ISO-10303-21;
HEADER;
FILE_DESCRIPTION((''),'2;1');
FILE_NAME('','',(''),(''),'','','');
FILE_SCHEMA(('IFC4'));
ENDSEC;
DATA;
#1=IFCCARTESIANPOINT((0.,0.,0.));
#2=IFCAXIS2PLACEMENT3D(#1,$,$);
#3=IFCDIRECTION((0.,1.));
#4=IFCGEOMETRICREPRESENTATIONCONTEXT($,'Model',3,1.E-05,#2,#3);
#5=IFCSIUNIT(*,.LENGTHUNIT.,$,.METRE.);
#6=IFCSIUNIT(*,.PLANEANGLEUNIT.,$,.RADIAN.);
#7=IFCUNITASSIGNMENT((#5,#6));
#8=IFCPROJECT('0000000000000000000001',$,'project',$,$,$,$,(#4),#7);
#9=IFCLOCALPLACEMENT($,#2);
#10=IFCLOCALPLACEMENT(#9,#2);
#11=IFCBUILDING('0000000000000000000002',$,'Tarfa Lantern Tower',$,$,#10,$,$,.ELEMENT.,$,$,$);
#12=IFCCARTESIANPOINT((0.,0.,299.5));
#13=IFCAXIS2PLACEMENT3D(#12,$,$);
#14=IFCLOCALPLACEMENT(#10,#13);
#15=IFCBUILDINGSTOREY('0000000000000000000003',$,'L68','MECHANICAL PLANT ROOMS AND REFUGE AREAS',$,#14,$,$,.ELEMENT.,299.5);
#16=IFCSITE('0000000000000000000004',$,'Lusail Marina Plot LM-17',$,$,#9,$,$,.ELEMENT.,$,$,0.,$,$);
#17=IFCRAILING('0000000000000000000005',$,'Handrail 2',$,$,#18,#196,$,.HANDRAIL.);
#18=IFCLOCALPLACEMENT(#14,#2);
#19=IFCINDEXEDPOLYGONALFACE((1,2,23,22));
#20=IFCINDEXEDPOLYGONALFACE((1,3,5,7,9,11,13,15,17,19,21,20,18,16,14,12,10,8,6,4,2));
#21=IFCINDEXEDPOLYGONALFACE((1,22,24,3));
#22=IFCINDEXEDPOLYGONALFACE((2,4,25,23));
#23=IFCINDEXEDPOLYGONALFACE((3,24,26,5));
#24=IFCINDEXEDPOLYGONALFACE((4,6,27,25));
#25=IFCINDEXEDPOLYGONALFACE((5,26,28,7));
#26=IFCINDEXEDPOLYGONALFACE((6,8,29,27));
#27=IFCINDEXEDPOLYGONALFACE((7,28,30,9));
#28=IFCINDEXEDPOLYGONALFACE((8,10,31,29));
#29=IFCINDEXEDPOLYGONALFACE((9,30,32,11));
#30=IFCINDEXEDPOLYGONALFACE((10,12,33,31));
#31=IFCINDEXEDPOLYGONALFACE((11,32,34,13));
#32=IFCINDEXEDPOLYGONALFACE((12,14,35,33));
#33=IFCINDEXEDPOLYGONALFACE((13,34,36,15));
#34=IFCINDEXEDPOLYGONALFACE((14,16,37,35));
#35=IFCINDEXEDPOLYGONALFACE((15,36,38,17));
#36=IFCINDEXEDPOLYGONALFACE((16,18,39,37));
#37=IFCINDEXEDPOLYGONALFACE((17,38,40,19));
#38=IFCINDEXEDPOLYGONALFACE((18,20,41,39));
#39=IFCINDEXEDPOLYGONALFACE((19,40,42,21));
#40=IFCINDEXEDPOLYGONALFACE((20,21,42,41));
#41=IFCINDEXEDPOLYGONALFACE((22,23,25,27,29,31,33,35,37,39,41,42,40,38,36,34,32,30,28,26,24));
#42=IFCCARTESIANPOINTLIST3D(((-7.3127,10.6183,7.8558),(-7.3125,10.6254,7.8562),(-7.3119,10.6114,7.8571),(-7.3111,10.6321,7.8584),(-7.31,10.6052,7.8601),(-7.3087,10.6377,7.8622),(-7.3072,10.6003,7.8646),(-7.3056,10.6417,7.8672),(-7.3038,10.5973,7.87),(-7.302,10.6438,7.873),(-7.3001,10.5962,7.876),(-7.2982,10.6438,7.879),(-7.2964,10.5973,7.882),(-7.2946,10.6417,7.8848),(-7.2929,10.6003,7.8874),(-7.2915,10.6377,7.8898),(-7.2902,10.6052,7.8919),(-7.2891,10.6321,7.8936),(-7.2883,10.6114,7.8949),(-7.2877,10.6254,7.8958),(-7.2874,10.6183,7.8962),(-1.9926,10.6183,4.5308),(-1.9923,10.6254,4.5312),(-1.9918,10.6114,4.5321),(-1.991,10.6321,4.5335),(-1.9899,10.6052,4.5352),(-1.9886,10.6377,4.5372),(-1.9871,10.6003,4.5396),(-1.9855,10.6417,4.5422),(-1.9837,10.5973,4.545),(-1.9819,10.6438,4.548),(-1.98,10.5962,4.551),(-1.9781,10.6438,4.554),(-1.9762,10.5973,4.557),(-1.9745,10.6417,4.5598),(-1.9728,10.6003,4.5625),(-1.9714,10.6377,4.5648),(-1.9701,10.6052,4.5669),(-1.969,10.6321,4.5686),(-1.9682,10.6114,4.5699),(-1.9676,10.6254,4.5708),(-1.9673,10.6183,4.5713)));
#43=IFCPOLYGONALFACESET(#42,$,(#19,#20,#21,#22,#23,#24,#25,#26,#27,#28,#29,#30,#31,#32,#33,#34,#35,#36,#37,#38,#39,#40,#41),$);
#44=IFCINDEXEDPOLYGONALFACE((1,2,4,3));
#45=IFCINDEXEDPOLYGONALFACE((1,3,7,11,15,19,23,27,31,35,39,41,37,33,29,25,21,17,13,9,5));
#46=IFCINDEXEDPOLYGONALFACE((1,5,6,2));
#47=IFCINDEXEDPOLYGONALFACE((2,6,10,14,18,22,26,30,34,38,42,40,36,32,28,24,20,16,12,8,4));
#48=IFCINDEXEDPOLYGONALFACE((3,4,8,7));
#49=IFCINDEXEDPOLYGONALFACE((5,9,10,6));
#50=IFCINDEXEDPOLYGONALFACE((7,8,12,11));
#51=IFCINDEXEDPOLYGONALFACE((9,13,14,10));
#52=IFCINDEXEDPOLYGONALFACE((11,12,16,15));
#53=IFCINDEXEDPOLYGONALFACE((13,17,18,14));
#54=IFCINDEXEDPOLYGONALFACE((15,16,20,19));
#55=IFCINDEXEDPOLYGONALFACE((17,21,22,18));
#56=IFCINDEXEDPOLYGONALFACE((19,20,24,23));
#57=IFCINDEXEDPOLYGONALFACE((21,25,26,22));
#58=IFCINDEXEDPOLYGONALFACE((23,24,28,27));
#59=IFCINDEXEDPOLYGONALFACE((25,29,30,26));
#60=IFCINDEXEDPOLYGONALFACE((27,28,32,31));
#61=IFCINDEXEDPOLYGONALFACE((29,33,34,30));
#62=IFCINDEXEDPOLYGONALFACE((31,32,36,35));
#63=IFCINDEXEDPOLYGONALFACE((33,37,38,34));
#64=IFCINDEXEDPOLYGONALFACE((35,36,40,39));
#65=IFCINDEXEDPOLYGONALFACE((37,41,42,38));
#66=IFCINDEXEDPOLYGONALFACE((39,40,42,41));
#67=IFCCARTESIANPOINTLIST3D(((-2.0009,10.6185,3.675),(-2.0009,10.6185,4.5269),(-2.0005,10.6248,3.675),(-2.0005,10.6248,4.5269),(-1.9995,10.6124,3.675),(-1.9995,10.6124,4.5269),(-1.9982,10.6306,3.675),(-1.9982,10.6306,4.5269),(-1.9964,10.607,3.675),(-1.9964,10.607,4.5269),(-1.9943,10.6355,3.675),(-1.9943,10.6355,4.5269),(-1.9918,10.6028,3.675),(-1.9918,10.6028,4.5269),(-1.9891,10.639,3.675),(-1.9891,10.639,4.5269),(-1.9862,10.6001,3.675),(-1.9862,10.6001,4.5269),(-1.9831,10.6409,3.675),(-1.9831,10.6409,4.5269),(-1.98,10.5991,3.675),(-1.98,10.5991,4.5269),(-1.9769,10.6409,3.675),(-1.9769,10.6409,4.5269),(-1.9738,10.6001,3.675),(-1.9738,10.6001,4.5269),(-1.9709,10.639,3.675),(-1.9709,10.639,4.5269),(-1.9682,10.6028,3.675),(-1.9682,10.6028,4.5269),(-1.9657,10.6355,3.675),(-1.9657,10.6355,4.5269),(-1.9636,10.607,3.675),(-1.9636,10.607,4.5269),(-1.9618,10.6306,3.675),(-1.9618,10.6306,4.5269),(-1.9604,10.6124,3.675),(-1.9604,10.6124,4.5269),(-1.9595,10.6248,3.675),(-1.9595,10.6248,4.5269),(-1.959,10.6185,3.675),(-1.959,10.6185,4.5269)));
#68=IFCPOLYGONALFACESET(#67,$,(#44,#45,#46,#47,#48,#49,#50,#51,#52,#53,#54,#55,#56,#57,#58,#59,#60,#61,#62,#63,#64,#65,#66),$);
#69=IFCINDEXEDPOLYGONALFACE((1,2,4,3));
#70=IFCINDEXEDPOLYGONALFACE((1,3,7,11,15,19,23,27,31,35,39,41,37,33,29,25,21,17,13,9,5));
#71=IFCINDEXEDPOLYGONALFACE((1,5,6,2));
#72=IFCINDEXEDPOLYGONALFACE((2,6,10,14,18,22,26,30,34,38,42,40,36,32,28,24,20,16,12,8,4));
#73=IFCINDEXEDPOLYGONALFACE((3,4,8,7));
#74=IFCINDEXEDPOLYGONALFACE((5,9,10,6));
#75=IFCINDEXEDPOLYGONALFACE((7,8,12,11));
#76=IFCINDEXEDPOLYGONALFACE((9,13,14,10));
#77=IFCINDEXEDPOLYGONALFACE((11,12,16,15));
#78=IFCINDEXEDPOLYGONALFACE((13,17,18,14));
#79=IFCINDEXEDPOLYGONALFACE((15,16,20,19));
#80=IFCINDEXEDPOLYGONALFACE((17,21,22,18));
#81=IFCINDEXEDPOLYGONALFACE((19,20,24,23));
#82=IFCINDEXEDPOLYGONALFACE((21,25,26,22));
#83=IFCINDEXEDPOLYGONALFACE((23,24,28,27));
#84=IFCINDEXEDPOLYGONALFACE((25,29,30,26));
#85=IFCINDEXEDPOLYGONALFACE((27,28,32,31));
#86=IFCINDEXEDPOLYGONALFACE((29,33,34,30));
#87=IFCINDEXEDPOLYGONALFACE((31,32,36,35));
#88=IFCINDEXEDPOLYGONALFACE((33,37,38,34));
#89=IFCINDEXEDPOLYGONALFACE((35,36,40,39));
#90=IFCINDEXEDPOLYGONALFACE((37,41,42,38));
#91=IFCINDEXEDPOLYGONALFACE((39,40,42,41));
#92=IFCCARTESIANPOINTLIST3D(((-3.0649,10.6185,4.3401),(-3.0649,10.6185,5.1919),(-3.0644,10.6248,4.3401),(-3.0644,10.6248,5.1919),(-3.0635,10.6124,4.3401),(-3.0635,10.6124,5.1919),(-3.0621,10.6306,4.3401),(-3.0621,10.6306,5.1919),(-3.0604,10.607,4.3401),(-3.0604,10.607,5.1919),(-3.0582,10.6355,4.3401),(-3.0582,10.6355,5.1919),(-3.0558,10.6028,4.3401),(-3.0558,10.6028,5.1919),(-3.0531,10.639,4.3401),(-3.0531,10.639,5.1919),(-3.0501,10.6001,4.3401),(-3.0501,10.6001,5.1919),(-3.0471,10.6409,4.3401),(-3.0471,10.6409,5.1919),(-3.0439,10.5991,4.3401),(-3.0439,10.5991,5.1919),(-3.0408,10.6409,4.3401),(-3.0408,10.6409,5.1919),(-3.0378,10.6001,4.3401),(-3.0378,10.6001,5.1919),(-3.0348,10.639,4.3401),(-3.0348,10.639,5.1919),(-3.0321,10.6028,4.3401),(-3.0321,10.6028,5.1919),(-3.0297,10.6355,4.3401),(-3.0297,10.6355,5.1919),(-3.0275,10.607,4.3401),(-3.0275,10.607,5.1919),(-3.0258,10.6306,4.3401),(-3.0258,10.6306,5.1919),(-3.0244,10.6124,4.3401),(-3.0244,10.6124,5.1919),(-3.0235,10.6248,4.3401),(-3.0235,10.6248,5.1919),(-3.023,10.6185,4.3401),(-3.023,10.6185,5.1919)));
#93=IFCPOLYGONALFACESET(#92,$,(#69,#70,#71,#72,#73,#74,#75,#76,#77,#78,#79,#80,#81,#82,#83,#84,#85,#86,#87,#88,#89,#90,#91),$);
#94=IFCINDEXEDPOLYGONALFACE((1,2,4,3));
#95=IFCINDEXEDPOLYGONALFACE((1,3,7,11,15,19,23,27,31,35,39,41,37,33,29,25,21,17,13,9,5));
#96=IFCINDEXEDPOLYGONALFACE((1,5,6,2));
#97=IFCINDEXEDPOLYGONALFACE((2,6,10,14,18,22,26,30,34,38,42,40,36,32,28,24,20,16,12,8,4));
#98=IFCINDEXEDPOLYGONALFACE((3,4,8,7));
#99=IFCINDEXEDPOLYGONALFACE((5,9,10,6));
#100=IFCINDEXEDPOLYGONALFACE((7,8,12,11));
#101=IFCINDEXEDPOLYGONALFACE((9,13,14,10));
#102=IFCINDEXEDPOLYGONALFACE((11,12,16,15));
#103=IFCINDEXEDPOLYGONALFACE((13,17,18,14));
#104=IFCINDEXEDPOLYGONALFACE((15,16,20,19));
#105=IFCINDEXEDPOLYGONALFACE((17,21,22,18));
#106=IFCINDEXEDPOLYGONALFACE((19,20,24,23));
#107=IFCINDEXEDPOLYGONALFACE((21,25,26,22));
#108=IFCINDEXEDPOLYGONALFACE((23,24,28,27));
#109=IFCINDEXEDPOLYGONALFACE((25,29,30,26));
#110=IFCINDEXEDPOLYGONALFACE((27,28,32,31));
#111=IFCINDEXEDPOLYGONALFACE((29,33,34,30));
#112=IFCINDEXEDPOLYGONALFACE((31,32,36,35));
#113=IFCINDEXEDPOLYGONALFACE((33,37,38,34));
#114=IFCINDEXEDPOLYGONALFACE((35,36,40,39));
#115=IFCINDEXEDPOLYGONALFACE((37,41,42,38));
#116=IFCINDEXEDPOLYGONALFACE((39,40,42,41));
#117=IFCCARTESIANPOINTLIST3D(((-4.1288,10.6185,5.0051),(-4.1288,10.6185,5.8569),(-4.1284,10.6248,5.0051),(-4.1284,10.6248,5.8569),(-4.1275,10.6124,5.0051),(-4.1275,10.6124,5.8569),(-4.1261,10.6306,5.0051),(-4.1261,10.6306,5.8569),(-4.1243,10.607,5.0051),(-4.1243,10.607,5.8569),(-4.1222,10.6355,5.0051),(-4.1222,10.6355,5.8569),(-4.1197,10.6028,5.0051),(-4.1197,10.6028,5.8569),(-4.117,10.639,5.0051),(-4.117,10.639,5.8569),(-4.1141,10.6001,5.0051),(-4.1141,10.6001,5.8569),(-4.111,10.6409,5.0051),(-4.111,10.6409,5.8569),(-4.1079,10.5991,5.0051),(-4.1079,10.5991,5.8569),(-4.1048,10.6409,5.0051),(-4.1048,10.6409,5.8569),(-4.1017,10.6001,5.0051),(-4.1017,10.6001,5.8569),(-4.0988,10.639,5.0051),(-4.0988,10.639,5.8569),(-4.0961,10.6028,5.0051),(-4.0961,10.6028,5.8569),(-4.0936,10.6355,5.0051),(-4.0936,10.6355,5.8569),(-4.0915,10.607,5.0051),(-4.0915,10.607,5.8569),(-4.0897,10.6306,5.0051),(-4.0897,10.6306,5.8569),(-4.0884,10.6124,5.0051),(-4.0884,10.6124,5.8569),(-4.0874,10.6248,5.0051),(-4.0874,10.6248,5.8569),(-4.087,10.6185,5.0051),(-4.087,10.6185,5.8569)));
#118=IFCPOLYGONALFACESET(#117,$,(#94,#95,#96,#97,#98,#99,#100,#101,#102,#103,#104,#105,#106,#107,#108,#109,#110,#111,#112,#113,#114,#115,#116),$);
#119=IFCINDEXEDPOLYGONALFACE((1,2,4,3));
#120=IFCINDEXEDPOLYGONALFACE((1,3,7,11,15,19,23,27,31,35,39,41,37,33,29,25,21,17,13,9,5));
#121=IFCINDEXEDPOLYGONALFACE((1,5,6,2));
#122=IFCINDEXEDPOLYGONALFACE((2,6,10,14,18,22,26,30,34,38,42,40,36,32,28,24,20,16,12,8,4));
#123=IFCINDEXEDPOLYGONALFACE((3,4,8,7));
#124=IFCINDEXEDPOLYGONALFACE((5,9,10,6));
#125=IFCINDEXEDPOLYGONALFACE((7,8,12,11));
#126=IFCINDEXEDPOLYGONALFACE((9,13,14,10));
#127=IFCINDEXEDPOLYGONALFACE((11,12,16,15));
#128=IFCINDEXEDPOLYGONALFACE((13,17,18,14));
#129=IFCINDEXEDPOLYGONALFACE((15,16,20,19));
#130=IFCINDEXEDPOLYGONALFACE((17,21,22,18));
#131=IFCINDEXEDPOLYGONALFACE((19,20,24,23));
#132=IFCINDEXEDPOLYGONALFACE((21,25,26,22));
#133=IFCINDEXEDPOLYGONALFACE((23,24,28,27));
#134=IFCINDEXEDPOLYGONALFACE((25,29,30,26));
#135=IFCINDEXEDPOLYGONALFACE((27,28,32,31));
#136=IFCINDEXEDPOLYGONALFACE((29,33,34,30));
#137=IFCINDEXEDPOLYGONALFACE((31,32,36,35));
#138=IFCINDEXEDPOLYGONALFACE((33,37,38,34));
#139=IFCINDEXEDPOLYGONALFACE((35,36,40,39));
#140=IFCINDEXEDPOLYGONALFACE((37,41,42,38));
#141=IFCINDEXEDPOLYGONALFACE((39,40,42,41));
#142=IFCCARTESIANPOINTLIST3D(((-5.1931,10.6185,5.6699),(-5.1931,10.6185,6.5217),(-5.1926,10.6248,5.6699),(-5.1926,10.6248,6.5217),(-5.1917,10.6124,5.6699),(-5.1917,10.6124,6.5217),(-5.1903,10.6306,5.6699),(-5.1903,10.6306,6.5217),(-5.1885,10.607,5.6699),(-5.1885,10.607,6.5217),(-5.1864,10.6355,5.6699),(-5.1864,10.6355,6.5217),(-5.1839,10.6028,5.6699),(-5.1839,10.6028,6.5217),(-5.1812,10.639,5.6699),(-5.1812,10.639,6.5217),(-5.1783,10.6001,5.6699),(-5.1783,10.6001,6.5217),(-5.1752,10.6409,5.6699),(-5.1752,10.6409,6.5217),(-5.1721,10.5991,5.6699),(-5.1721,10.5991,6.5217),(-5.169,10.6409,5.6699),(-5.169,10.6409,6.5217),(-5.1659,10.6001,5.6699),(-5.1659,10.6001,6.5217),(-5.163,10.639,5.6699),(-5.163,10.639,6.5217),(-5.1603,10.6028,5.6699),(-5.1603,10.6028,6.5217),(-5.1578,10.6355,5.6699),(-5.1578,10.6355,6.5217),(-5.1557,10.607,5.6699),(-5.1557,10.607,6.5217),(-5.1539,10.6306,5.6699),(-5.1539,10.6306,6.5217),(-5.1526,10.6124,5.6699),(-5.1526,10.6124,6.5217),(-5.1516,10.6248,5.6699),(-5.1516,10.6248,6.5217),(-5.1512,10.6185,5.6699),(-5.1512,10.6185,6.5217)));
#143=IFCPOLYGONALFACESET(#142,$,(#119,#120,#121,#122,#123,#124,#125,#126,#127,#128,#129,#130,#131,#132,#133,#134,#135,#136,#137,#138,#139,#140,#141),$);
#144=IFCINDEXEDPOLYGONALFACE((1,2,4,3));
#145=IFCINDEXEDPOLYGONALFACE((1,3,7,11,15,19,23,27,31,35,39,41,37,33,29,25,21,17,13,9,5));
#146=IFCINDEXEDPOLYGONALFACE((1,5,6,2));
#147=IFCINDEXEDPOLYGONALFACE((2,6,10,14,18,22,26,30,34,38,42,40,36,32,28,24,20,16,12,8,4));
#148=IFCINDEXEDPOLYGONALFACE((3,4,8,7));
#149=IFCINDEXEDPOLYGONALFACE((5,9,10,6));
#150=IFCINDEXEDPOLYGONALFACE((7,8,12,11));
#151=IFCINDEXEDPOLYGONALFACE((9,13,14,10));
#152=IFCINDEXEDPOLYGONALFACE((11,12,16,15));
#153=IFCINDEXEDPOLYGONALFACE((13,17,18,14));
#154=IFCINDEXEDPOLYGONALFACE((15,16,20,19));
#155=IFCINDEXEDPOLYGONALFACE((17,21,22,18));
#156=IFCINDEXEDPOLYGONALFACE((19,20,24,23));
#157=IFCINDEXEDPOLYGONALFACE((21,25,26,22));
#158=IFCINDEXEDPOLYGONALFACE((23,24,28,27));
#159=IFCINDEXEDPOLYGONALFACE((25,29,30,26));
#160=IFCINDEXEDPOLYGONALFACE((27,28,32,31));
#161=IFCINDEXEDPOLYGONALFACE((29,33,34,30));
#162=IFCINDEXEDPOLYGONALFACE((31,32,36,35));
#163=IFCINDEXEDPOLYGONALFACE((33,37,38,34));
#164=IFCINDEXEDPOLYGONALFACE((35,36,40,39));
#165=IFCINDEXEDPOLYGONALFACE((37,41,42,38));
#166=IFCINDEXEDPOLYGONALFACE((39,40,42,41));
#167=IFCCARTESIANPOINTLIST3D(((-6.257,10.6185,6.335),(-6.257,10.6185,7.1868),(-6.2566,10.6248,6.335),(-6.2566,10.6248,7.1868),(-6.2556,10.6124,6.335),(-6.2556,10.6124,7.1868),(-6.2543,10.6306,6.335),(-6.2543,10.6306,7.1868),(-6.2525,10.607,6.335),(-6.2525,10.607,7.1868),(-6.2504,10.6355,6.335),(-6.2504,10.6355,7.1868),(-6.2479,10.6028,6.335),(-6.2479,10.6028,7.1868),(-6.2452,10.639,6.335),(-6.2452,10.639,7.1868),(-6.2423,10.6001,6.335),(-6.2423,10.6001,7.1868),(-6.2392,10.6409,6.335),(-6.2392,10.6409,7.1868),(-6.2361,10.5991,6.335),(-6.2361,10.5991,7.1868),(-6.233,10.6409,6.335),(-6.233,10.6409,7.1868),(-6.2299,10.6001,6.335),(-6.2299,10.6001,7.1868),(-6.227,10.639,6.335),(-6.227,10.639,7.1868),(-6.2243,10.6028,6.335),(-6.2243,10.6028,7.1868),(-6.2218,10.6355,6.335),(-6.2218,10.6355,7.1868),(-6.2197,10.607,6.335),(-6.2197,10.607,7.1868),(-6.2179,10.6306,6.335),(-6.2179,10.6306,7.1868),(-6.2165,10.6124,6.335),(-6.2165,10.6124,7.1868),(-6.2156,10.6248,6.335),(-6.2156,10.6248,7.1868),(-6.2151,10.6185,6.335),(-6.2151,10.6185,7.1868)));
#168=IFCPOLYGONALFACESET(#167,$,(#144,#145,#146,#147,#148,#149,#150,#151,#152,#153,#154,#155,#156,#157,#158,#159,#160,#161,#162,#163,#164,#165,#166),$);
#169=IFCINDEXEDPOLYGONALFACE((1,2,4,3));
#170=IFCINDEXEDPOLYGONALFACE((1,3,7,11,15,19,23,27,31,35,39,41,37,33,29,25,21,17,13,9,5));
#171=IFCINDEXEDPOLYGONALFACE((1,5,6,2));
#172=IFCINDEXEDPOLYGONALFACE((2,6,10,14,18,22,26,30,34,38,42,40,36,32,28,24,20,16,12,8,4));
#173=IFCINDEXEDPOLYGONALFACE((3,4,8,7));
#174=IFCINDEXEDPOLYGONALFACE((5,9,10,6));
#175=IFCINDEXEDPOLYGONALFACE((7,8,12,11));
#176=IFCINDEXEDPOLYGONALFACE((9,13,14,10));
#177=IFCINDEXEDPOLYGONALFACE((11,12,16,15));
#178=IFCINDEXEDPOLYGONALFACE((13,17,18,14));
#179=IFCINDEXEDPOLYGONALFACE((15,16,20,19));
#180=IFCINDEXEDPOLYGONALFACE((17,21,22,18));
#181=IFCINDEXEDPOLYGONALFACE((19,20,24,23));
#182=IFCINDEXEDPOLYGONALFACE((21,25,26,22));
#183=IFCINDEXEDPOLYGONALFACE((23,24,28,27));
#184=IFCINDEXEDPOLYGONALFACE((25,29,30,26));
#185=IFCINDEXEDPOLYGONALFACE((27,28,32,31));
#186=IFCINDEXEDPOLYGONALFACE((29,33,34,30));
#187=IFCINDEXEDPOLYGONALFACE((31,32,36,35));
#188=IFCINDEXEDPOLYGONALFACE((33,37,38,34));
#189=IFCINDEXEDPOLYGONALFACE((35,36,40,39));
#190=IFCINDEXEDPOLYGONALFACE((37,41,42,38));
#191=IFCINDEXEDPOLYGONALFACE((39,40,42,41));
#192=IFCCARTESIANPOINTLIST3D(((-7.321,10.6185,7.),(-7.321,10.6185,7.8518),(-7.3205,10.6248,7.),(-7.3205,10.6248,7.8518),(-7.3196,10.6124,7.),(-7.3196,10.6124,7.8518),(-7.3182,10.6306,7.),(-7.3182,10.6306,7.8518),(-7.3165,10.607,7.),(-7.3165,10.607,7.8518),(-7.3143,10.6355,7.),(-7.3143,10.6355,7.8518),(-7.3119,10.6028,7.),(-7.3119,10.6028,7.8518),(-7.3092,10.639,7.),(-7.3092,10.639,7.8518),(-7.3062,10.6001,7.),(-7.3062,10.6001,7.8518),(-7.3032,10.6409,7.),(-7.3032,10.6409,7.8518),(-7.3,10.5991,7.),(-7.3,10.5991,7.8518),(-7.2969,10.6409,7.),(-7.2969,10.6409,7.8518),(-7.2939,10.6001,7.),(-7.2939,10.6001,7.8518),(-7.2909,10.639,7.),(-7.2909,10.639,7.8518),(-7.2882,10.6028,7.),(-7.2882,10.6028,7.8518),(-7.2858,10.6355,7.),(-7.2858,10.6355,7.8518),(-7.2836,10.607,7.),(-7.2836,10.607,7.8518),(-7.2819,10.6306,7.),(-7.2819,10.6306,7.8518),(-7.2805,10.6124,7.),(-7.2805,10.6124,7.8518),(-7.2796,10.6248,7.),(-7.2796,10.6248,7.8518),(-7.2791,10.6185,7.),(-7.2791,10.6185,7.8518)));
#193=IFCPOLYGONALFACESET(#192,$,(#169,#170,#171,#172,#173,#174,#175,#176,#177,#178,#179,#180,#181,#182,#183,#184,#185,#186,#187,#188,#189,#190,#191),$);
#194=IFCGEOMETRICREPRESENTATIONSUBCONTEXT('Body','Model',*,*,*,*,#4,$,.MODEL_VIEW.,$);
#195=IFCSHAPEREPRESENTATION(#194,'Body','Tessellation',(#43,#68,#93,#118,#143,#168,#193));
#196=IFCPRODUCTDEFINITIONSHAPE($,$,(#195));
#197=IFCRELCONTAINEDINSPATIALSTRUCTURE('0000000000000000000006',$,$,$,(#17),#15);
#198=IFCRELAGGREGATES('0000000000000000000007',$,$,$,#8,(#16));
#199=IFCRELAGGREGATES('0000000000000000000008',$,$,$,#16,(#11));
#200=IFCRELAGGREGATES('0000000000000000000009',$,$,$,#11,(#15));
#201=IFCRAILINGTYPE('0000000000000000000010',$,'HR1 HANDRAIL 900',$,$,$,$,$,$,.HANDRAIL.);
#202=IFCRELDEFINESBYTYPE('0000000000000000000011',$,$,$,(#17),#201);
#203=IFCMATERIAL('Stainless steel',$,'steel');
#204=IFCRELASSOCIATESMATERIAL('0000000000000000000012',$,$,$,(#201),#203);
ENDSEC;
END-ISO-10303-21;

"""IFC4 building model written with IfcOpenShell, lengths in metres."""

from ifc_helpers import new_model, si_unit, direction, frame, origin, origin_2d, place, context, subcontext, project, spatial, circle, extrude, material, type_object, element, save


model = new_model("IFC4")

# Units and contexts
model_context = context("Model", 3, precision=1e-05, world=origin(), true_north=direction((0.0, 1.0)))
body_context = subcontext(model_context, "Body", "Model", "MODEL_VIEW")
ifc_project = project(units=[si_unit("LENGTHUNIT", "METRE"), si_unit("PLANEANGLEUNIT", "RADIAN")], contexts=[model_context])

# Site, building, storey
site_placement = place(None, origin())
site = spatial("IfcSite", under=ifc_project, at=site_placement, Name="Lusail Marina Plot LM-17", CompositionType="ELEMENT", RefElevation=0.0)
building_placement = place(site_placement, origin())
building = spatial("IfcBuilding", under=site, at=building_placement, Name="Tarfa Lantern Tower", CompositionType="ELEMENT")
storey_placement = place(building_placement, frame((0.0, 0.0, 299.5)))
storey = spatial("IfcBuildingStorey", under=building, at=storey_placement, Name="L68", Description="MECHANICAL PLANT ROOMS AND REFUGE AREAS", CompositionType="ELEMENT", Elevation=299.5)

# Railing
ifc_material_1 = material(Name="Stainless steel", Category="steel")
railing_type = type_object("IfcRailingType", Name="HR1 HANDRAIL 900", PredefinedType="HANDRAIL", material=ifc_material_1)
railing_1_placement = place(storey_placement, frame((-1.98, 10.6201, 3.675)))
element("IfcRailing", 1, at=railing_1_placement, inside=storey, type_object=railing_type, Name="Handrail 2", PredefinedType="HANDRAIL", context=body_context, shape_type="SweptSolid", body=[
    extrude(circle(Radius=0.0239, at=origin_2d()), frame((0.0, 0.0, 0.876), z_axis=(-0.848005, 0.0, 0.529988), x_axis=(0.0, -1.0, 0.0)), (0.0, 0.0, 1.0), 6.2737),
    extrude(circle(Radius=0.021, at=origin_2d()), frame((0.0, 0.0, 0.0), z_axis=(0.0, 0.0, 1.0), x_axis=(0.0, -1.0, 0.0)), (0.0, 0.0, 1.0), 0.8518),
    extrude(circle(Radius=0.021, at=origin_2d()), frame((-1.064, 0.0, 0.665), z_axis=(0.0, 0.0, 1.0), x_axis=(0.0, -1.0, 0.0)), (0.0, 0.0, 1.0), 0.8518),
    extrude(circle(Radius=0.021, at=origin_2d()), frame((-2.1279, 0.0, 1.3301), z_axis=(0.0, 0.0, 1.0), x_axis=(0.0, -1.0, 0.0)), (0.0, 0.0, 1.0), 0.8518),
    extrude(circle(Radius=0.021, at=origin_2d()), frame((-3.1921, 0.0, 1.9949), z_axis=(0.0, 0.0, 1.0), x_axis=(0.0, -1.0, 0.0)), (0.0, 0.0, 1.0), 0.8518),
    extrude(circle(Radius=0.021, at=origin_2d()), frame((-4.2561, 0.0, 2.6599), z_axis=(0.0, 0.0, 1.0), x_axis=(0.0, -1.0, 0.0)), (0.0, 0.0, 1.0), 0.8518),
    extrude(circle(Radius=0.021, at=origin_2d()), frame((-5.3201, 0.0, 3.325), z_axis=(0.0, 0.0, 1.0), x_axis=(0.0, -1.0, 0.0)), (0.0, 0.0, 1.0), 0.8518),
])

save(model, "model.ifc")
